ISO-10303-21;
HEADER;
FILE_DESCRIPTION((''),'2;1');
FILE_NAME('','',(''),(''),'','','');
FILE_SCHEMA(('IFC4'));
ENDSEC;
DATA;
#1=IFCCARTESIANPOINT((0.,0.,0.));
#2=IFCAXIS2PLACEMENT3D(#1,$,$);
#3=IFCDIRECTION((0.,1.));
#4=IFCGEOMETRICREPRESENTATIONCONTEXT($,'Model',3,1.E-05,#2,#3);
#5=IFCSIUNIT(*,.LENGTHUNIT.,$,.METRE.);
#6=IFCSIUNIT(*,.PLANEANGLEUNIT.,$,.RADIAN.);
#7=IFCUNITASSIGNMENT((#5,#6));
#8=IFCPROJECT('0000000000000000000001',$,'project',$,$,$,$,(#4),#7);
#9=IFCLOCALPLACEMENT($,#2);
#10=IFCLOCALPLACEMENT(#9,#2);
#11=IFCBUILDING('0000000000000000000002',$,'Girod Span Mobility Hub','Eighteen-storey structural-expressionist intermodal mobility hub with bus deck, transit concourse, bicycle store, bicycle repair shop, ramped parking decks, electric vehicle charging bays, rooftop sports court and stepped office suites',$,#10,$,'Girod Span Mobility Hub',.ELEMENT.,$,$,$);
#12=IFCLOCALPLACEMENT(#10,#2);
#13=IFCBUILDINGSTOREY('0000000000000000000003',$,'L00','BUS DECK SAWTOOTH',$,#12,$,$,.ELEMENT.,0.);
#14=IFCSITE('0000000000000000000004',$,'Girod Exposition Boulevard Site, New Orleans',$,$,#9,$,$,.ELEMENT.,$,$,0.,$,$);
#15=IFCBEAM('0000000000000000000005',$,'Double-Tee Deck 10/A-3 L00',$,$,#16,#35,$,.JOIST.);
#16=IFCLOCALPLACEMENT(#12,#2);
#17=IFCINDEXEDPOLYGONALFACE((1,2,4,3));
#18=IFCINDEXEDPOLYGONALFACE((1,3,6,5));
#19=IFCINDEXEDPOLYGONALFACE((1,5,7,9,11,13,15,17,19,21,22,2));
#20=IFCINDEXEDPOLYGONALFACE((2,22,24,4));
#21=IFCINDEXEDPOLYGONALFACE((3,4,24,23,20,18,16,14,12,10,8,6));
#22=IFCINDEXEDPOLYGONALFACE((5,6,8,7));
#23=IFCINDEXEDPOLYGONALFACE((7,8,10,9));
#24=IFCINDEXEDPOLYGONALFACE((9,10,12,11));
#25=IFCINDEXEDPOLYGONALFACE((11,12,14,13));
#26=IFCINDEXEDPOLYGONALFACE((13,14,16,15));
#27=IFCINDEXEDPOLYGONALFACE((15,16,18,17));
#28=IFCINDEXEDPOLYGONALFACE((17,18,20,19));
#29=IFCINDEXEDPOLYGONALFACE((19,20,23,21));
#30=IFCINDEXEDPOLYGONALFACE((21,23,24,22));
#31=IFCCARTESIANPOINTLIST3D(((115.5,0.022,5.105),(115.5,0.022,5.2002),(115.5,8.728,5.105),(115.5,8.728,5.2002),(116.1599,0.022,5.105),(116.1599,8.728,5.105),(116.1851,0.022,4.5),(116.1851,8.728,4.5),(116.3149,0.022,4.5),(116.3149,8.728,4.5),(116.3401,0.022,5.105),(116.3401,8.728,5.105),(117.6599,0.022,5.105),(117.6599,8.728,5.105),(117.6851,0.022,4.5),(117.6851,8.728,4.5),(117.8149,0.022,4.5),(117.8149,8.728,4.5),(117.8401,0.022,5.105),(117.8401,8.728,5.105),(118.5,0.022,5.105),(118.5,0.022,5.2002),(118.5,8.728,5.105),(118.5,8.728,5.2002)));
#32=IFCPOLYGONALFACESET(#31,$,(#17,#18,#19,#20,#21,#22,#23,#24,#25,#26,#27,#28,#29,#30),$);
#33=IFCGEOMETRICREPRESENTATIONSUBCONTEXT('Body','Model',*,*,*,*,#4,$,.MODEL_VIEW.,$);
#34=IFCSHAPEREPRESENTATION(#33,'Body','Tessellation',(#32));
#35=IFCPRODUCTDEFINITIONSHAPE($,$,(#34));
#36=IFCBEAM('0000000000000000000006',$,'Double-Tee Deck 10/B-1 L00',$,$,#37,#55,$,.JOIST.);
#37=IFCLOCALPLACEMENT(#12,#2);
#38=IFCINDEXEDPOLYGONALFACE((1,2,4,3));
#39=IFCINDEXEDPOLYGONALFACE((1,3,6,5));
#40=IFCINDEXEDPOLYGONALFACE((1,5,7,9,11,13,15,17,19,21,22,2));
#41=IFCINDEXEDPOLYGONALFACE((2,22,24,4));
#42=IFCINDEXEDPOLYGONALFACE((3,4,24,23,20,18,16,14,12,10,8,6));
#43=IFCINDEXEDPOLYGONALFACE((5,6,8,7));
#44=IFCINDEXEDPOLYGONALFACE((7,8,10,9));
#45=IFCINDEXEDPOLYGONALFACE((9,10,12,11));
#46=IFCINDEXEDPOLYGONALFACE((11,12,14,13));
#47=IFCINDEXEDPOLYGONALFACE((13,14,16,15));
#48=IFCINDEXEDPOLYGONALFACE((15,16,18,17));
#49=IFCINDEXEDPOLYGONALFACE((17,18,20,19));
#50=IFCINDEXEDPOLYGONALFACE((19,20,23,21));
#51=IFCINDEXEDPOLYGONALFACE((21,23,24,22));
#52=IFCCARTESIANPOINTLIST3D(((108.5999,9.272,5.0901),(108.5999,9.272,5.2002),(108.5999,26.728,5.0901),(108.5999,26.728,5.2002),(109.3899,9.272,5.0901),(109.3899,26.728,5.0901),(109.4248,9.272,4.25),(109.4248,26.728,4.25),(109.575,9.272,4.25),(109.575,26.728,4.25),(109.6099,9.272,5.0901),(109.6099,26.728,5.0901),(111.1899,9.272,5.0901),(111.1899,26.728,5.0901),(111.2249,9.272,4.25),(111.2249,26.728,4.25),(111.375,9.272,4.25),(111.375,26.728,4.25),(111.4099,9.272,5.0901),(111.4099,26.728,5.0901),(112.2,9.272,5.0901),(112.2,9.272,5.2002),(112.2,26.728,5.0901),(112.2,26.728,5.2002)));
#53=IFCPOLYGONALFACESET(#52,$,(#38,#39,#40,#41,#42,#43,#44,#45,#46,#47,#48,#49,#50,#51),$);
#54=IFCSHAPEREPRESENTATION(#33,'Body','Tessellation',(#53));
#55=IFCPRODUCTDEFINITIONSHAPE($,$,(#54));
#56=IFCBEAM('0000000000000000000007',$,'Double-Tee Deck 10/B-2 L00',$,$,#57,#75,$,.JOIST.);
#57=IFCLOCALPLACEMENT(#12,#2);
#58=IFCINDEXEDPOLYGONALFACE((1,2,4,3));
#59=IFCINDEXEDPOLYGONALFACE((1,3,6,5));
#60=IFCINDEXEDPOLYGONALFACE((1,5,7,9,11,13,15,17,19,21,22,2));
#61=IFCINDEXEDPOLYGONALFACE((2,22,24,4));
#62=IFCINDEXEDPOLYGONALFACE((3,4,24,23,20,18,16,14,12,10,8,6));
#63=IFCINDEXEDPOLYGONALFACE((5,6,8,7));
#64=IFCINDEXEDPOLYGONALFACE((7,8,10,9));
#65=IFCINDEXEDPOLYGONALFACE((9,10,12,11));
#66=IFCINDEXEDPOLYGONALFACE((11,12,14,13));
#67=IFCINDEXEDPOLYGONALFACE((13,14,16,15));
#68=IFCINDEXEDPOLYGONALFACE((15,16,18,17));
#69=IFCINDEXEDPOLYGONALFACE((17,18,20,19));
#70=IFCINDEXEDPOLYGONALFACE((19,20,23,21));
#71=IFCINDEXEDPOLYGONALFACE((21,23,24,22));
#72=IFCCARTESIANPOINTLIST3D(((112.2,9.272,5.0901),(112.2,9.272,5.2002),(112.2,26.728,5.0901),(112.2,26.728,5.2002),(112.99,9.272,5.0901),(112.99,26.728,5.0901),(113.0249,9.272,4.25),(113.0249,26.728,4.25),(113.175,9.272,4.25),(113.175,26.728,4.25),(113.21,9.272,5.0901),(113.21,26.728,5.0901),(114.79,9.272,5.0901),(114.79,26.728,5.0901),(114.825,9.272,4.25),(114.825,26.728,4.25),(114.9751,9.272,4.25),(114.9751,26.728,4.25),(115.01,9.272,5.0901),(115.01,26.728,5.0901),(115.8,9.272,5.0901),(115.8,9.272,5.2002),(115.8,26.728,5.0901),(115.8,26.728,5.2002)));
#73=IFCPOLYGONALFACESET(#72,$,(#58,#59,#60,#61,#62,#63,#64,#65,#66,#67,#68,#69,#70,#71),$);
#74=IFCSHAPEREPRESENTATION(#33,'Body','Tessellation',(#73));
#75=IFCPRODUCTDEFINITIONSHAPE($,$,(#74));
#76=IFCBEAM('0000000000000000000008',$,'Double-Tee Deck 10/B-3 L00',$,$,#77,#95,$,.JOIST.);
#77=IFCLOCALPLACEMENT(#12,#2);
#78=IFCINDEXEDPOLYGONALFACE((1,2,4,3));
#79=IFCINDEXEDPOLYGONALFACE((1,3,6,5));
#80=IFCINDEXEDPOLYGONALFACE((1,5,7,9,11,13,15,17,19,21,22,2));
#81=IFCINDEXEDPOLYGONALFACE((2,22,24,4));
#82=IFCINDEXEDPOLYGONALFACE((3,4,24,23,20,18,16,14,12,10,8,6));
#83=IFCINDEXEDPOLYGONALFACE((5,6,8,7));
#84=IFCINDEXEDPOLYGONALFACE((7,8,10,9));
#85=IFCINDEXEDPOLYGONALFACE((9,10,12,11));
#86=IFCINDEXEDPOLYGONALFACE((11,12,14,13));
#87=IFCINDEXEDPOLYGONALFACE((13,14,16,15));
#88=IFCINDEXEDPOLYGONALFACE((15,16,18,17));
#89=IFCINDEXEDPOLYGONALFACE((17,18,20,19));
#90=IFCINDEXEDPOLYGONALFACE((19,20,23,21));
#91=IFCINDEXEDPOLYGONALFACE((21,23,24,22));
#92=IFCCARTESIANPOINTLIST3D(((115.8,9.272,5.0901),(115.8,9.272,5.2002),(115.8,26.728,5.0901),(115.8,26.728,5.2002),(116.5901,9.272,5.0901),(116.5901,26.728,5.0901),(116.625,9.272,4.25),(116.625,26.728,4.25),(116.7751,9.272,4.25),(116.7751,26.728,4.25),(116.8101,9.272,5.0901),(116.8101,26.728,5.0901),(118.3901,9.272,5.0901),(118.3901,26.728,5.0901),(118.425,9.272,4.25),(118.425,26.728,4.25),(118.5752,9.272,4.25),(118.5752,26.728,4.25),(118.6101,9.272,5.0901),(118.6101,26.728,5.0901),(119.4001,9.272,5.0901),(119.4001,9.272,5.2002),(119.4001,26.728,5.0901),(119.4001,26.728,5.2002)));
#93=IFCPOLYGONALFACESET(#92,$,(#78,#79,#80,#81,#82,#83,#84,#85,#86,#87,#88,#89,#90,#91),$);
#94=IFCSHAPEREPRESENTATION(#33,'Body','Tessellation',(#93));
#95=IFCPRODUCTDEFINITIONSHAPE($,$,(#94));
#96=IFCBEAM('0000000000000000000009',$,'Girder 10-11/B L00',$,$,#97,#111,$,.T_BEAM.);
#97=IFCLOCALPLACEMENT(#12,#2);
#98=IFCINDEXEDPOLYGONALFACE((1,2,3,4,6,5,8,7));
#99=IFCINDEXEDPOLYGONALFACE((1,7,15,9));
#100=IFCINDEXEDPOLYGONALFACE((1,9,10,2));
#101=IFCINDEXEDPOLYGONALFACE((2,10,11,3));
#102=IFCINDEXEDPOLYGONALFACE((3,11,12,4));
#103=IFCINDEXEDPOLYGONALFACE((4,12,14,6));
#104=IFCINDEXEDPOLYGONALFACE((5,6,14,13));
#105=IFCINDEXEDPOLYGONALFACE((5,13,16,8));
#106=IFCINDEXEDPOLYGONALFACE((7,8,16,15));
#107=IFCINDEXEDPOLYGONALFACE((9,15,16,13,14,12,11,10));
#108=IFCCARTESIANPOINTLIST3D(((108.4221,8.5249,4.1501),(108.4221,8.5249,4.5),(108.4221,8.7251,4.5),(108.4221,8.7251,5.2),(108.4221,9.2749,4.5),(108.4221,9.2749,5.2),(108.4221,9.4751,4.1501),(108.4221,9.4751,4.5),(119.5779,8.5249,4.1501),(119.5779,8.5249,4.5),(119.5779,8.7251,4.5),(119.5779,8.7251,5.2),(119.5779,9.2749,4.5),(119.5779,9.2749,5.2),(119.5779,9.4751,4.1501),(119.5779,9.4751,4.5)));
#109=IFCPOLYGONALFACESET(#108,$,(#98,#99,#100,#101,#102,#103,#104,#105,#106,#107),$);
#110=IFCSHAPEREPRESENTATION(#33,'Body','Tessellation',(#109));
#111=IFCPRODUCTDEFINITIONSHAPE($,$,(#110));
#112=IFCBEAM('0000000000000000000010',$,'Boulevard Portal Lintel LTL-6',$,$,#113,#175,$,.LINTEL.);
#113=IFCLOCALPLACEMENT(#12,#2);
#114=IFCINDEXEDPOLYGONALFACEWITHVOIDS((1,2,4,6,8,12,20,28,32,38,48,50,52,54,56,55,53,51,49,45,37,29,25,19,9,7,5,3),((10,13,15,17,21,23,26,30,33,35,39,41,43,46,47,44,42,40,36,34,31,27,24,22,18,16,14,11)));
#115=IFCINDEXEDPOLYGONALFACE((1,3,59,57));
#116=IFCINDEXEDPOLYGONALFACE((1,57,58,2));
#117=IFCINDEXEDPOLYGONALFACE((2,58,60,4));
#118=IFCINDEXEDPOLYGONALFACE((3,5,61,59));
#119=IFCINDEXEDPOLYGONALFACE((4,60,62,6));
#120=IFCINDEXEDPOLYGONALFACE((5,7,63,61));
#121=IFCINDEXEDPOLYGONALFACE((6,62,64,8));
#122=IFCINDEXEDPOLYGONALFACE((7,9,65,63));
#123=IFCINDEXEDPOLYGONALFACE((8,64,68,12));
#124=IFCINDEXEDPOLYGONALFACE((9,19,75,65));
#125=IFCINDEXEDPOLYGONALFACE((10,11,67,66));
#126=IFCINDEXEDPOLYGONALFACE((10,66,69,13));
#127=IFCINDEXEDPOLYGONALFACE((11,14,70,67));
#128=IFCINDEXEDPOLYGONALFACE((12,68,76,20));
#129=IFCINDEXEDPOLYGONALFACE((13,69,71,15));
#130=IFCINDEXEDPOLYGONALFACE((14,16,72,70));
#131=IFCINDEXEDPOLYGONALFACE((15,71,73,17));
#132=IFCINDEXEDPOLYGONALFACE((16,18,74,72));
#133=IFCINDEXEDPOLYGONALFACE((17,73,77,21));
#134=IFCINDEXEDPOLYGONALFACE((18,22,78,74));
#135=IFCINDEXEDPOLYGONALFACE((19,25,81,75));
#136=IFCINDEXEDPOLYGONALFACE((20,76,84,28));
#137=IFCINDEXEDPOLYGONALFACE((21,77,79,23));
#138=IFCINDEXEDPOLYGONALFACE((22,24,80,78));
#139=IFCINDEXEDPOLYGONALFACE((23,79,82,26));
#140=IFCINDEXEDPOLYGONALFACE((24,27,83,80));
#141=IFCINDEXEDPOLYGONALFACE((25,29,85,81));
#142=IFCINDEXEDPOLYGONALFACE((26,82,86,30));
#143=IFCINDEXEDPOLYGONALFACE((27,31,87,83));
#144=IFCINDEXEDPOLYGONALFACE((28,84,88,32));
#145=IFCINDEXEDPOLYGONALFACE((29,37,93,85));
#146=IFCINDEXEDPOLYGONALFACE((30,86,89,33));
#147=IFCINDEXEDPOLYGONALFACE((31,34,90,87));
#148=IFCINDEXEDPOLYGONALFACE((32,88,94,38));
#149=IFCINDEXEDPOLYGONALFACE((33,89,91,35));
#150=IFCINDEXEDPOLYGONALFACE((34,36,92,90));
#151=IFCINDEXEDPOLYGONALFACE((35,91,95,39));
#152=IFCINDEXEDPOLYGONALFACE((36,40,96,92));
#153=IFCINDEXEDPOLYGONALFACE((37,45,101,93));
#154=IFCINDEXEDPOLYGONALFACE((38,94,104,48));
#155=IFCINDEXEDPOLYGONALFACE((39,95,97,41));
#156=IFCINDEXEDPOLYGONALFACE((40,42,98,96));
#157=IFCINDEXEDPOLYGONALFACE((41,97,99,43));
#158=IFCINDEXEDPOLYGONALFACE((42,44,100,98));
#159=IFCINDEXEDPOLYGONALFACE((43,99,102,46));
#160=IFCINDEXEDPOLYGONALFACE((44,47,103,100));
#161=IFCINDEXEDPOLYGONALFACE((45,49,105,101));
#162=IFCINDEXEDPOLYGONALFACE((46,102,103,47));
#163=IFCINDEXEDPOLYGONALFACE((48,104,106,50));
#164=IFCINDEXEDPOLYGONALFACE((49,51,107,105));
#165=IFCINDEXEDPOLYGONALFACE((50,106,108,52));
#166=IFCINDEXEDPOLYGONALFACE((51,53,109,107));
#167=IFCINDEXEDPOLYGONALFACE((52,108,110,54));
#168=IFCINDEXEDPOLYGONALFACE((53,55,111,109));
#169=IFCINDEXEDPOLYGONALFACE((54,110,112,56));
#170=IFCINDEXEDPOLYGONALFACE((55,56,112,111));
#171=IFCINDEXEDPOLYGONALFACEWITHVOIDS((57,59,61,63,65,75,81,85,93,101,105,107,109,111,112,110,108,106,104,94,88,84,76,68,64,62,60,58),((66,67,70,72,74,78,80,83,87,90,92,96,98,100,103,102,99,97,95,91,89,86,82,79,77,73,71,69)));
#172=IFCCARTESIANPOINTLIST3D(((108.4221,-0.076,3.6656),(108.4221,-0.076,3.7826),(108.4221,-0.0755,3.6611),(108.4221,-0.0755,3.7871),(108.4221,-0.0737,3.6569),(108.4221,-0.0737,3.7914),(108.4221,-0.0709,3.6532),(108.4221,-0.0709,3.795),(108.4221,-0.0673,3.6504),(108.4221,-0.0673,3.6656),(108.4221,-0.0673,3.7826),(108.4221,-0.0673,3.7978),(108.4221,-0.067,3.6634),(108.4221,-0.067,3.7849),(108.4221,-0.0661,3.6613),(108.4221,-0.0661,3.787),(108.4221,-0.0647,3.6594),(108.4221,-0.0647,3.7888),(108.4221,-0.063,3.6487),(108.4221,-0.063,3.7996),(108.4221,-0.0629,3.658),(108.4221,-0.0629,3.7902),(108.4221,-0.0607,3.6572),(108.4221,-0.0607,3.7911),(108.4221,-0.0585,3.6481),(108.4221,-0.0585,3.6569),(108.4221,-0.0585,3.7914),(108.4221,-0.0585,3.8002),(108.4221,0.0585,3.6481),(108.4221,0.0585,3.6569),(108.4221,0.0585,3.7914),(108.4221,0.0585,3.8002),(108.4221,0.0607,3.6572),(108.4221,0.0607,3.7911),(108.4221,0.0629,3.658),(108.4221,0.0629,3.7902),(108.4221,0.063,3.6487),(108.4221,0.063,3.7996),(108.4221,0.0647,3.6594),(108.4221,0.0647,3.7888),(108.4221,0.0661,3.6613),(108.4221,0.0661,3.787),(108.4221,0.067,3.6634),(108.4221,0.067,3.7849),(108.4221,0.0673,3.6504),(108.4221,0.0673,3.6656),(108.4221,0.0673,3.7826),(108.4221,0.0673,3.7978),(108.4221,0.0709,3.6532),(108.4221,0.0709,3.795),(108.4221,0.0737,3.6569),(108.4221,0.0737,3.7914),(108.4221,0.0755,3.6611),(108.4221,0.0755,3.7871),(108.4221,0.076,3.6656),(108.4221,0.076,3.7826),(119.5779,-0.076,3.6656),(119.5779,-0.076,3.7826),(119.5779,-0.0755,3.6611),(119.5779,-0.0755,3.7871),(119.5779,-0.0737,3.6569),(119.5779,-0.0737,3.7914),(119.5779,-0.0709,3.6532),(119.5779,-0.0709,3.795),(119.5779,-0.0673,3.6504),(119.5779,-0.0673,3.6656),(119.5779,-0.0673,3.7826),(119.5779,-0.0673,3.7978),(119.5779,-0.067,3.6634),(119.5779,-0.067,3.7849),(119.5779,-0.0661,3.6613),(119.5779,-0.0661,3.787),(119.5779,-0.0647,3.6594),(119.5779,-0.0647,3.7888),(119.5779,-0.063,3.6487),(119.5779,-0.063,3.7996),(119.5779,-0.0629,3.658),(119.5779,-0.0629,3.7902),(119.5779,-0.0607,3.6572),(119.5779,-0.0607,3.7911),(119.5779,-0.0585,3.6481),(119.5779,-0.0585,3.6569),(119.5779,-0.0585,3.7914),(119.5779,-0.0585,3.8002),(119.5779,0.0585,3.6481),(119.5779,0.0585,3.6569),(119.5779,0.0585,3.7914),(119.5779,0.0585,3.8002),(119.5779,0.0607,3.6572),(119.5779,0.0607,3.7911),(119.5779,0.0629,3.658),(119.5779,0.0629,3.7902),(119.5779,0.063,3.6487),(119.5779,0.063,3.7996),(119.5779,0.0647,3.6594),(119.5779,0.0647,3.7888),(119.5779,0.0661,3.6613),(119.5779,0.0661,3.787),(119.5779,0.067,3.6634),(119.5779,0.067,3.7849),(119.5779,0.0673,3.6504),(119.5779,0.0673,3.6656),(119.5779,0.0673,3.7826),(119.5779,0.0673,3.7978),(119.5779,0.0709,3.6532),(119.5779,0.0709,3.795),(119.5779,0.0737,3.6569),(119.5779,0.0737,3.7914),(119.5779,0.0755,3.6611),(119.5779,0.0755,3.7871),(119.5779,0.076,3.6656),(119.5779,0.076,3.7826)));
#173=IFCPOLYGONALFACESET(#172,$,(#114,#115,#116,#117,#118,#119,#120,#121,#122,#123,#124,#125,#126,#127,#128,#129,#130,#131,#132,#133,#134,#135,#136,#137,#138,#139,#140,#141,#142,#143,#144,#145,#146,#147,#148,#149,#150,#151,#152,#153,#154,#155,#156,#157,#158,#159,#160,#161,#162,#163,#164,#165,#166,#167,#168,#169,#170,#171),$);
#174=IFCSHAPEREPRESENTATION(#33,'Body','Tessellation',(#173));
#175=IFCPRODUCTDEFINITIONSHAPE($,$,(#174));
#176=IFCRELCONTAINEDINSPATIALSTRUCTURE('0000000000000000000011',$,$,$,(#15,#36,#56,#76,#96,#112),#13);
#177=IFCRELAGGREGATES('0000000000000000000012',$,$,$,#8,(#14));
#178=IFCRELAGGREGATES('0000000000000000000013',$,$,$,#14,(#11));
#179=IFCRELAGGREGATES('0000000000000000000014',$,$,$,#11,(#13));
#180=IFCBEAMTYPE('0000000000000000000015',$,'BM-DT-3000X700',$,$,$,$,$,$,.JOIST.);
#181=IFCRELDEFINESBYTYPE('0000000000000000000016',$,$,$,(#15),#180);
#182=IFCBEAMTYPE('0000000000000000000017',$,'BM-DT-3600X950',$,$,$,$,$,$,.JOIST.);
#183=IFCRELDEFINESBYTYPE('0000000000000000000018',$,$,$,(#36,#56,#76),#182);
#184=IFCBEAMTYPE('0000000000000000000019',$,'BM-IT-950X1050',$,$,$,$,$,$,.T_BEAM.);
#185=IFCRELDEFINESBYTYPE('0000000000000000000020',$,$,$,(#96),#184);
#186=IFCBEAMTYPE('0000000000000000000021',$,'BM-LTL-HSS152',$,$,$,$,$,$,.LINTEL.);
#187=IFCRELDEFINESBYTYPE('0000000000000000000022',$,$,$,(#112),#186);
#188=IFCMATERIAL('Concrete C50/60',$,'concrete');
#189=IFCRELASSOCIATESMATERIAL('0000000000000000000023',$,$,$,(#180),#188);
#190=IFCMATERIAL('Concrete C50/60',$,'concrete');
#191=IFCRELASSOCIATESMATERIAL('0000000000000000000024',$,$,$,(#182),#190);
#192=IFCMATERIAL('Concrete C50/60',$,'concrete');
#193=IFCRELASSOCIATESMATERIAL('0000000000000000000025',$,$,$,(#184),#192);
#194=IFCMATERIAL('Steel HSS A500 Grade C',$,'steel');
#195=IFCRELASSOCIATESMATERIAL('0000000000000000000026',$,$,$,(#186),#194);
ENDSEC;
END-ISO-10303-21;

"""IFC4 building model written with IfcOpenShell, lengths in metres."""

from ifc_helpers import new_model, si_unit, direction, frame, origin, origin_2d, place, context, subcontext, project, spatial, polyline, hollow_rectangle, outline, extrude, material, material_profile, profile_set, type_object, element, save


model = new_model("IFC4")

# Units and contexts
model_context = context("Model", 3, precision=1e-05, world=origin(), true_north=direction((0.0, 1.0)))
body_context = subcontext(model_context, "Body", "Model", "MODEL_VIEW")
ifc_project = project(units=[si_unit("LENGTHUNIT", "METRE"), si_unit("PLANEANGLEUNIT", "RADIAN")], contexts=[model_context])

# Site, building, storey
site_placement = place(None, origin())
site = spatial("IfcSite", under=ifc_project, at=site_placement, Name="Girod Exposition Boulevard Site, New Orleans", CompositionType="ELEMENT", RefElevation=0.0)
building_placement = place(site_placement, origin())
building = spatial("IfcBuilding", under=site, at=building_placement, Name="Girod Span Mobility Hub", Description="Eighteen-storey structural-expressionist intermodal mobility hub with bus deck, transit concourse, bicycle store, bicycle repair shop, ramped parking decks, electric vehicle charging bays, rooftop sports court and stepped office suites", LongName="Girod Span Mobility Hub", CompositionType="ELEMENT")
storey_placement = place(building_placement, origin())
storey = spatial("IfcBuildingStorey", under=building, at=storey_placement, Name="L00", Description="BUS DECK SAWTOOTH", CompositionType="ELEMENT", Elevation=0.0)

# Beams
ifc_material_1 = material(Name="Concrete C50/60", Category="concrete")
ifc_material_profile_1 = material_profile(ifc_material_1, outline(polyline([(-1.5, 0.3501), (-1.5, 0.2549), (-0.8401, 0.2549), (-0.8149, -0.3501), (-0.6851, -0.3501), (-0.6599, 0.2549), (0.6599, 0.2549), (0.6851, -0.3501), (0.8149, -0.3501), (0.8401, 0.2549), (1.5, 0.2549), (1.5, 0.3501), (-1.5, 0.3501)])), Name="DT-3000X700")
ifc_profile_set_1 = profile_set([ifc_material_profile_1], Name="Concrete C50/60")
beam_type_1 = type_object("IfcBeamType", Name="BM-DT-3000X700", PredefinedType="JOIST", material=ifc_profile_set_1)
for number, where, z_axis, x_axis, name in (
    (1, (117.0, 0.022, 4.8501), (0.0, 1.0, 0.0), (-1.0, 0.0, 0.0), "Double-Tee Deck 10/A-3 L00"),
):
    element("IfcBeam", number, at=place(storey_placement, frame(where, z_axis=z_axis, x_axis=x_axis)), inside=storey, type_object=beam_type_1, Name=name, PredefinedType="JOIST", context=body_context, shape_type="SweptSolid", body=[
        extrude(outline(polyline([(-1.5, 0.3501), (-1.5, 0.2549), (-0.8401, 0.2549), (-0.8149, -0.3501), (-0.6851, -0.3501), (-0.6599, 0.2549), (0.6599, 0.2549), (0.6851, -0.3501), (0.8149, -0.3501), (0.8401, 0.2549), (1.5, 0.2549), (1.5, 0.3501), (-1.5, 0.3501)])), origin(), (0.0, 0.0, 1.0), 8.7061),
    ])
ifc_material_2 = material(Name="Concrete C50/60", Category="concrete")
ifc_material_profile_2 = material_profile(ifc_material_2, outline(polyline([(-1.8, 0.4751), (-1.8, 0.365), (-1.01, 0.365), (-0.9751, -0.4751), (-0.825, -0.4751), (-0.79, 0.365), (0.79, 0.365), (0.825, -0.4751), (0.9751, -0.4751), (1.01, 0.365), (1.8, 0.365), (1.8, 0.4751), (-1.8, 0.4751)])), Name="DT-3600X950")
ifc_profile_set_2 = profile_set([ifc_material_profile_2], Name="Concrete C50/60")
beam_type_2 = type_object("IfcBeamType", Name="BM-DT-3600X950", PredefinedType="JOIST", material=ifc_profile_set_2)
for number, where, z_axis, x_axis, name in (
    (2, (110.3999, 9.272, 4.7251), (0.0, 1.0, 0.0), (-1.0, 0.0, 0.0), "Double-Tee Deck 10/B-1 L00"),
    (3, (114.0, 9.272, 4.7251), (0.0, 1.0, 0.0), (-1.0, 0.0, 0.0), "Double-Tee Deck 10/B-2 L00"),
    (4, (117.6001, 9.272, 4.7251), (0.0, 1.0, 0.0), (-1.0, 0.0, 0.0), "Double-Tee Deck 10/B-3 L00"),
):
    element("IfcBeam", number, at=place(storey_placement, frame(where, z_axis=z_axis, x_axis=x_axis)), inside=storey, type_object=beam_type_2, Name=name, PredefinedType="JOIST", context=body_context, shape_type="SweptSolid", body=[
        extrude(outline(polyline([(-1.8, 0.4751), (-1.8, 0.365), (-1.01, 0.365), (-0.9751, -0.4751), (-0.825, -0.4751), (-0.79, 0.365), (0.79, 0.365), (0.825, -0.4751), (0.9751, -0.4751), (1.01, 0.365), (1.8, 0.365), (1.8, 0.4751), (-1.8, 0.4751)])), origin(), (0.0, 0.0, 1.0), 17.4561),
    ])
ifc_material_3 = material(Name="Concrete C50/60", Category="concrete")
ifc_material_profile_3 = material_profile(ifc_material_3, outline(polyline([(-0.4751, -0.5249), (0.4751, -0.5249), (0.4751, -0.175), (0.2749, -0.175), (0.2749, 0.5249), (-0.2749, 0.5249), (-0.2749, -0.175), (-0.4751, -0.175), (-0.4751, -0.5249)])), Name="IT-950X1050")
ifc_profile_set_3 = profile_set([ifc_material_profile_3], Name="Concrete C50/60")
beam_type_3 = type_object("IfcBeamType", Name="BM-IT-950X1050", PredefinedType="T_BEAM", material=ifc_profile_set_3)
beam_1_placement = place(storey_placement, frame((108.4221, 9.0, 4.675), z_axis=(1.0, 0.0, 0.0), x_axis=(0.0, 1.0, 0.0)))
element("IfcBeam", 5, at=beam_1_placement, inside=storey, type_object=beam_type_3, Name="Girder 10-11/B L00", PredefinedType="T_BEAM", context=body_context, shape_type="SweptSolid", body=[
    extrude(outline(polyline([(-0.4751, -0.5249), (0.4751, -0.5249), (0.4751, -0.175), (0.2749, -0.175), (0.2749, 0.5249), (-0.2749, 0.5249), (-0.2749, -0.175), (-0.4751, -0.175), (-0.4751, -0.5249)])), origin(), (0.0, 0.0, 1.0), 11.1558),
])
ifc_material_4 = material(Name="Steel HSS A500 Grade C", Category="steel")
ifc_material_profile_4 = material_profile(ifc_material_4, hollow_rectangle(XDim=0.1521, YDim=0.1521, WallThickness=0.0088, InnerFilletRadius=0.0088, OuterFilletRadius=0.0176, at=origin_2d()), Name="HSS152X152X9.5")
ifc_profile_set_4 = profile_set([ifc_material_profile_4], Name="Steel HSS A500 Grade C")
beam_type_4 = type_object("IfcBeamType", Name="BM-LTL-HSS152", PredefinedType="LINTEL", material=ifc_profile_set_4)
beam_2_placement = place(storey_placement, frame((108.4221, 0.0, 3.7241), z_axis=(1.0, 0.0, 0.0), x_axis=(0.0, 1.0, 0.0)))
element("IfcBeam", 6, at=beam_2_placement, inside=storey, type_object=beam_type_4, Name="Boulevard Portal Lintel LTL-6", PredefinedType="LINTEL", context=body_context, shape_type="SweptSolid", body=[
    extrude(hollow_rectangle(XDim=0.1521, YDim=0.1521, WallThickness=0.0088, InnerFilletRadius=0.0088, OuterFilletRadius=0.0176, at=origin_2d()), origin(), (0.0, 0.0, 1.0), 11.1558),
])

save(model, "model.ifc")
